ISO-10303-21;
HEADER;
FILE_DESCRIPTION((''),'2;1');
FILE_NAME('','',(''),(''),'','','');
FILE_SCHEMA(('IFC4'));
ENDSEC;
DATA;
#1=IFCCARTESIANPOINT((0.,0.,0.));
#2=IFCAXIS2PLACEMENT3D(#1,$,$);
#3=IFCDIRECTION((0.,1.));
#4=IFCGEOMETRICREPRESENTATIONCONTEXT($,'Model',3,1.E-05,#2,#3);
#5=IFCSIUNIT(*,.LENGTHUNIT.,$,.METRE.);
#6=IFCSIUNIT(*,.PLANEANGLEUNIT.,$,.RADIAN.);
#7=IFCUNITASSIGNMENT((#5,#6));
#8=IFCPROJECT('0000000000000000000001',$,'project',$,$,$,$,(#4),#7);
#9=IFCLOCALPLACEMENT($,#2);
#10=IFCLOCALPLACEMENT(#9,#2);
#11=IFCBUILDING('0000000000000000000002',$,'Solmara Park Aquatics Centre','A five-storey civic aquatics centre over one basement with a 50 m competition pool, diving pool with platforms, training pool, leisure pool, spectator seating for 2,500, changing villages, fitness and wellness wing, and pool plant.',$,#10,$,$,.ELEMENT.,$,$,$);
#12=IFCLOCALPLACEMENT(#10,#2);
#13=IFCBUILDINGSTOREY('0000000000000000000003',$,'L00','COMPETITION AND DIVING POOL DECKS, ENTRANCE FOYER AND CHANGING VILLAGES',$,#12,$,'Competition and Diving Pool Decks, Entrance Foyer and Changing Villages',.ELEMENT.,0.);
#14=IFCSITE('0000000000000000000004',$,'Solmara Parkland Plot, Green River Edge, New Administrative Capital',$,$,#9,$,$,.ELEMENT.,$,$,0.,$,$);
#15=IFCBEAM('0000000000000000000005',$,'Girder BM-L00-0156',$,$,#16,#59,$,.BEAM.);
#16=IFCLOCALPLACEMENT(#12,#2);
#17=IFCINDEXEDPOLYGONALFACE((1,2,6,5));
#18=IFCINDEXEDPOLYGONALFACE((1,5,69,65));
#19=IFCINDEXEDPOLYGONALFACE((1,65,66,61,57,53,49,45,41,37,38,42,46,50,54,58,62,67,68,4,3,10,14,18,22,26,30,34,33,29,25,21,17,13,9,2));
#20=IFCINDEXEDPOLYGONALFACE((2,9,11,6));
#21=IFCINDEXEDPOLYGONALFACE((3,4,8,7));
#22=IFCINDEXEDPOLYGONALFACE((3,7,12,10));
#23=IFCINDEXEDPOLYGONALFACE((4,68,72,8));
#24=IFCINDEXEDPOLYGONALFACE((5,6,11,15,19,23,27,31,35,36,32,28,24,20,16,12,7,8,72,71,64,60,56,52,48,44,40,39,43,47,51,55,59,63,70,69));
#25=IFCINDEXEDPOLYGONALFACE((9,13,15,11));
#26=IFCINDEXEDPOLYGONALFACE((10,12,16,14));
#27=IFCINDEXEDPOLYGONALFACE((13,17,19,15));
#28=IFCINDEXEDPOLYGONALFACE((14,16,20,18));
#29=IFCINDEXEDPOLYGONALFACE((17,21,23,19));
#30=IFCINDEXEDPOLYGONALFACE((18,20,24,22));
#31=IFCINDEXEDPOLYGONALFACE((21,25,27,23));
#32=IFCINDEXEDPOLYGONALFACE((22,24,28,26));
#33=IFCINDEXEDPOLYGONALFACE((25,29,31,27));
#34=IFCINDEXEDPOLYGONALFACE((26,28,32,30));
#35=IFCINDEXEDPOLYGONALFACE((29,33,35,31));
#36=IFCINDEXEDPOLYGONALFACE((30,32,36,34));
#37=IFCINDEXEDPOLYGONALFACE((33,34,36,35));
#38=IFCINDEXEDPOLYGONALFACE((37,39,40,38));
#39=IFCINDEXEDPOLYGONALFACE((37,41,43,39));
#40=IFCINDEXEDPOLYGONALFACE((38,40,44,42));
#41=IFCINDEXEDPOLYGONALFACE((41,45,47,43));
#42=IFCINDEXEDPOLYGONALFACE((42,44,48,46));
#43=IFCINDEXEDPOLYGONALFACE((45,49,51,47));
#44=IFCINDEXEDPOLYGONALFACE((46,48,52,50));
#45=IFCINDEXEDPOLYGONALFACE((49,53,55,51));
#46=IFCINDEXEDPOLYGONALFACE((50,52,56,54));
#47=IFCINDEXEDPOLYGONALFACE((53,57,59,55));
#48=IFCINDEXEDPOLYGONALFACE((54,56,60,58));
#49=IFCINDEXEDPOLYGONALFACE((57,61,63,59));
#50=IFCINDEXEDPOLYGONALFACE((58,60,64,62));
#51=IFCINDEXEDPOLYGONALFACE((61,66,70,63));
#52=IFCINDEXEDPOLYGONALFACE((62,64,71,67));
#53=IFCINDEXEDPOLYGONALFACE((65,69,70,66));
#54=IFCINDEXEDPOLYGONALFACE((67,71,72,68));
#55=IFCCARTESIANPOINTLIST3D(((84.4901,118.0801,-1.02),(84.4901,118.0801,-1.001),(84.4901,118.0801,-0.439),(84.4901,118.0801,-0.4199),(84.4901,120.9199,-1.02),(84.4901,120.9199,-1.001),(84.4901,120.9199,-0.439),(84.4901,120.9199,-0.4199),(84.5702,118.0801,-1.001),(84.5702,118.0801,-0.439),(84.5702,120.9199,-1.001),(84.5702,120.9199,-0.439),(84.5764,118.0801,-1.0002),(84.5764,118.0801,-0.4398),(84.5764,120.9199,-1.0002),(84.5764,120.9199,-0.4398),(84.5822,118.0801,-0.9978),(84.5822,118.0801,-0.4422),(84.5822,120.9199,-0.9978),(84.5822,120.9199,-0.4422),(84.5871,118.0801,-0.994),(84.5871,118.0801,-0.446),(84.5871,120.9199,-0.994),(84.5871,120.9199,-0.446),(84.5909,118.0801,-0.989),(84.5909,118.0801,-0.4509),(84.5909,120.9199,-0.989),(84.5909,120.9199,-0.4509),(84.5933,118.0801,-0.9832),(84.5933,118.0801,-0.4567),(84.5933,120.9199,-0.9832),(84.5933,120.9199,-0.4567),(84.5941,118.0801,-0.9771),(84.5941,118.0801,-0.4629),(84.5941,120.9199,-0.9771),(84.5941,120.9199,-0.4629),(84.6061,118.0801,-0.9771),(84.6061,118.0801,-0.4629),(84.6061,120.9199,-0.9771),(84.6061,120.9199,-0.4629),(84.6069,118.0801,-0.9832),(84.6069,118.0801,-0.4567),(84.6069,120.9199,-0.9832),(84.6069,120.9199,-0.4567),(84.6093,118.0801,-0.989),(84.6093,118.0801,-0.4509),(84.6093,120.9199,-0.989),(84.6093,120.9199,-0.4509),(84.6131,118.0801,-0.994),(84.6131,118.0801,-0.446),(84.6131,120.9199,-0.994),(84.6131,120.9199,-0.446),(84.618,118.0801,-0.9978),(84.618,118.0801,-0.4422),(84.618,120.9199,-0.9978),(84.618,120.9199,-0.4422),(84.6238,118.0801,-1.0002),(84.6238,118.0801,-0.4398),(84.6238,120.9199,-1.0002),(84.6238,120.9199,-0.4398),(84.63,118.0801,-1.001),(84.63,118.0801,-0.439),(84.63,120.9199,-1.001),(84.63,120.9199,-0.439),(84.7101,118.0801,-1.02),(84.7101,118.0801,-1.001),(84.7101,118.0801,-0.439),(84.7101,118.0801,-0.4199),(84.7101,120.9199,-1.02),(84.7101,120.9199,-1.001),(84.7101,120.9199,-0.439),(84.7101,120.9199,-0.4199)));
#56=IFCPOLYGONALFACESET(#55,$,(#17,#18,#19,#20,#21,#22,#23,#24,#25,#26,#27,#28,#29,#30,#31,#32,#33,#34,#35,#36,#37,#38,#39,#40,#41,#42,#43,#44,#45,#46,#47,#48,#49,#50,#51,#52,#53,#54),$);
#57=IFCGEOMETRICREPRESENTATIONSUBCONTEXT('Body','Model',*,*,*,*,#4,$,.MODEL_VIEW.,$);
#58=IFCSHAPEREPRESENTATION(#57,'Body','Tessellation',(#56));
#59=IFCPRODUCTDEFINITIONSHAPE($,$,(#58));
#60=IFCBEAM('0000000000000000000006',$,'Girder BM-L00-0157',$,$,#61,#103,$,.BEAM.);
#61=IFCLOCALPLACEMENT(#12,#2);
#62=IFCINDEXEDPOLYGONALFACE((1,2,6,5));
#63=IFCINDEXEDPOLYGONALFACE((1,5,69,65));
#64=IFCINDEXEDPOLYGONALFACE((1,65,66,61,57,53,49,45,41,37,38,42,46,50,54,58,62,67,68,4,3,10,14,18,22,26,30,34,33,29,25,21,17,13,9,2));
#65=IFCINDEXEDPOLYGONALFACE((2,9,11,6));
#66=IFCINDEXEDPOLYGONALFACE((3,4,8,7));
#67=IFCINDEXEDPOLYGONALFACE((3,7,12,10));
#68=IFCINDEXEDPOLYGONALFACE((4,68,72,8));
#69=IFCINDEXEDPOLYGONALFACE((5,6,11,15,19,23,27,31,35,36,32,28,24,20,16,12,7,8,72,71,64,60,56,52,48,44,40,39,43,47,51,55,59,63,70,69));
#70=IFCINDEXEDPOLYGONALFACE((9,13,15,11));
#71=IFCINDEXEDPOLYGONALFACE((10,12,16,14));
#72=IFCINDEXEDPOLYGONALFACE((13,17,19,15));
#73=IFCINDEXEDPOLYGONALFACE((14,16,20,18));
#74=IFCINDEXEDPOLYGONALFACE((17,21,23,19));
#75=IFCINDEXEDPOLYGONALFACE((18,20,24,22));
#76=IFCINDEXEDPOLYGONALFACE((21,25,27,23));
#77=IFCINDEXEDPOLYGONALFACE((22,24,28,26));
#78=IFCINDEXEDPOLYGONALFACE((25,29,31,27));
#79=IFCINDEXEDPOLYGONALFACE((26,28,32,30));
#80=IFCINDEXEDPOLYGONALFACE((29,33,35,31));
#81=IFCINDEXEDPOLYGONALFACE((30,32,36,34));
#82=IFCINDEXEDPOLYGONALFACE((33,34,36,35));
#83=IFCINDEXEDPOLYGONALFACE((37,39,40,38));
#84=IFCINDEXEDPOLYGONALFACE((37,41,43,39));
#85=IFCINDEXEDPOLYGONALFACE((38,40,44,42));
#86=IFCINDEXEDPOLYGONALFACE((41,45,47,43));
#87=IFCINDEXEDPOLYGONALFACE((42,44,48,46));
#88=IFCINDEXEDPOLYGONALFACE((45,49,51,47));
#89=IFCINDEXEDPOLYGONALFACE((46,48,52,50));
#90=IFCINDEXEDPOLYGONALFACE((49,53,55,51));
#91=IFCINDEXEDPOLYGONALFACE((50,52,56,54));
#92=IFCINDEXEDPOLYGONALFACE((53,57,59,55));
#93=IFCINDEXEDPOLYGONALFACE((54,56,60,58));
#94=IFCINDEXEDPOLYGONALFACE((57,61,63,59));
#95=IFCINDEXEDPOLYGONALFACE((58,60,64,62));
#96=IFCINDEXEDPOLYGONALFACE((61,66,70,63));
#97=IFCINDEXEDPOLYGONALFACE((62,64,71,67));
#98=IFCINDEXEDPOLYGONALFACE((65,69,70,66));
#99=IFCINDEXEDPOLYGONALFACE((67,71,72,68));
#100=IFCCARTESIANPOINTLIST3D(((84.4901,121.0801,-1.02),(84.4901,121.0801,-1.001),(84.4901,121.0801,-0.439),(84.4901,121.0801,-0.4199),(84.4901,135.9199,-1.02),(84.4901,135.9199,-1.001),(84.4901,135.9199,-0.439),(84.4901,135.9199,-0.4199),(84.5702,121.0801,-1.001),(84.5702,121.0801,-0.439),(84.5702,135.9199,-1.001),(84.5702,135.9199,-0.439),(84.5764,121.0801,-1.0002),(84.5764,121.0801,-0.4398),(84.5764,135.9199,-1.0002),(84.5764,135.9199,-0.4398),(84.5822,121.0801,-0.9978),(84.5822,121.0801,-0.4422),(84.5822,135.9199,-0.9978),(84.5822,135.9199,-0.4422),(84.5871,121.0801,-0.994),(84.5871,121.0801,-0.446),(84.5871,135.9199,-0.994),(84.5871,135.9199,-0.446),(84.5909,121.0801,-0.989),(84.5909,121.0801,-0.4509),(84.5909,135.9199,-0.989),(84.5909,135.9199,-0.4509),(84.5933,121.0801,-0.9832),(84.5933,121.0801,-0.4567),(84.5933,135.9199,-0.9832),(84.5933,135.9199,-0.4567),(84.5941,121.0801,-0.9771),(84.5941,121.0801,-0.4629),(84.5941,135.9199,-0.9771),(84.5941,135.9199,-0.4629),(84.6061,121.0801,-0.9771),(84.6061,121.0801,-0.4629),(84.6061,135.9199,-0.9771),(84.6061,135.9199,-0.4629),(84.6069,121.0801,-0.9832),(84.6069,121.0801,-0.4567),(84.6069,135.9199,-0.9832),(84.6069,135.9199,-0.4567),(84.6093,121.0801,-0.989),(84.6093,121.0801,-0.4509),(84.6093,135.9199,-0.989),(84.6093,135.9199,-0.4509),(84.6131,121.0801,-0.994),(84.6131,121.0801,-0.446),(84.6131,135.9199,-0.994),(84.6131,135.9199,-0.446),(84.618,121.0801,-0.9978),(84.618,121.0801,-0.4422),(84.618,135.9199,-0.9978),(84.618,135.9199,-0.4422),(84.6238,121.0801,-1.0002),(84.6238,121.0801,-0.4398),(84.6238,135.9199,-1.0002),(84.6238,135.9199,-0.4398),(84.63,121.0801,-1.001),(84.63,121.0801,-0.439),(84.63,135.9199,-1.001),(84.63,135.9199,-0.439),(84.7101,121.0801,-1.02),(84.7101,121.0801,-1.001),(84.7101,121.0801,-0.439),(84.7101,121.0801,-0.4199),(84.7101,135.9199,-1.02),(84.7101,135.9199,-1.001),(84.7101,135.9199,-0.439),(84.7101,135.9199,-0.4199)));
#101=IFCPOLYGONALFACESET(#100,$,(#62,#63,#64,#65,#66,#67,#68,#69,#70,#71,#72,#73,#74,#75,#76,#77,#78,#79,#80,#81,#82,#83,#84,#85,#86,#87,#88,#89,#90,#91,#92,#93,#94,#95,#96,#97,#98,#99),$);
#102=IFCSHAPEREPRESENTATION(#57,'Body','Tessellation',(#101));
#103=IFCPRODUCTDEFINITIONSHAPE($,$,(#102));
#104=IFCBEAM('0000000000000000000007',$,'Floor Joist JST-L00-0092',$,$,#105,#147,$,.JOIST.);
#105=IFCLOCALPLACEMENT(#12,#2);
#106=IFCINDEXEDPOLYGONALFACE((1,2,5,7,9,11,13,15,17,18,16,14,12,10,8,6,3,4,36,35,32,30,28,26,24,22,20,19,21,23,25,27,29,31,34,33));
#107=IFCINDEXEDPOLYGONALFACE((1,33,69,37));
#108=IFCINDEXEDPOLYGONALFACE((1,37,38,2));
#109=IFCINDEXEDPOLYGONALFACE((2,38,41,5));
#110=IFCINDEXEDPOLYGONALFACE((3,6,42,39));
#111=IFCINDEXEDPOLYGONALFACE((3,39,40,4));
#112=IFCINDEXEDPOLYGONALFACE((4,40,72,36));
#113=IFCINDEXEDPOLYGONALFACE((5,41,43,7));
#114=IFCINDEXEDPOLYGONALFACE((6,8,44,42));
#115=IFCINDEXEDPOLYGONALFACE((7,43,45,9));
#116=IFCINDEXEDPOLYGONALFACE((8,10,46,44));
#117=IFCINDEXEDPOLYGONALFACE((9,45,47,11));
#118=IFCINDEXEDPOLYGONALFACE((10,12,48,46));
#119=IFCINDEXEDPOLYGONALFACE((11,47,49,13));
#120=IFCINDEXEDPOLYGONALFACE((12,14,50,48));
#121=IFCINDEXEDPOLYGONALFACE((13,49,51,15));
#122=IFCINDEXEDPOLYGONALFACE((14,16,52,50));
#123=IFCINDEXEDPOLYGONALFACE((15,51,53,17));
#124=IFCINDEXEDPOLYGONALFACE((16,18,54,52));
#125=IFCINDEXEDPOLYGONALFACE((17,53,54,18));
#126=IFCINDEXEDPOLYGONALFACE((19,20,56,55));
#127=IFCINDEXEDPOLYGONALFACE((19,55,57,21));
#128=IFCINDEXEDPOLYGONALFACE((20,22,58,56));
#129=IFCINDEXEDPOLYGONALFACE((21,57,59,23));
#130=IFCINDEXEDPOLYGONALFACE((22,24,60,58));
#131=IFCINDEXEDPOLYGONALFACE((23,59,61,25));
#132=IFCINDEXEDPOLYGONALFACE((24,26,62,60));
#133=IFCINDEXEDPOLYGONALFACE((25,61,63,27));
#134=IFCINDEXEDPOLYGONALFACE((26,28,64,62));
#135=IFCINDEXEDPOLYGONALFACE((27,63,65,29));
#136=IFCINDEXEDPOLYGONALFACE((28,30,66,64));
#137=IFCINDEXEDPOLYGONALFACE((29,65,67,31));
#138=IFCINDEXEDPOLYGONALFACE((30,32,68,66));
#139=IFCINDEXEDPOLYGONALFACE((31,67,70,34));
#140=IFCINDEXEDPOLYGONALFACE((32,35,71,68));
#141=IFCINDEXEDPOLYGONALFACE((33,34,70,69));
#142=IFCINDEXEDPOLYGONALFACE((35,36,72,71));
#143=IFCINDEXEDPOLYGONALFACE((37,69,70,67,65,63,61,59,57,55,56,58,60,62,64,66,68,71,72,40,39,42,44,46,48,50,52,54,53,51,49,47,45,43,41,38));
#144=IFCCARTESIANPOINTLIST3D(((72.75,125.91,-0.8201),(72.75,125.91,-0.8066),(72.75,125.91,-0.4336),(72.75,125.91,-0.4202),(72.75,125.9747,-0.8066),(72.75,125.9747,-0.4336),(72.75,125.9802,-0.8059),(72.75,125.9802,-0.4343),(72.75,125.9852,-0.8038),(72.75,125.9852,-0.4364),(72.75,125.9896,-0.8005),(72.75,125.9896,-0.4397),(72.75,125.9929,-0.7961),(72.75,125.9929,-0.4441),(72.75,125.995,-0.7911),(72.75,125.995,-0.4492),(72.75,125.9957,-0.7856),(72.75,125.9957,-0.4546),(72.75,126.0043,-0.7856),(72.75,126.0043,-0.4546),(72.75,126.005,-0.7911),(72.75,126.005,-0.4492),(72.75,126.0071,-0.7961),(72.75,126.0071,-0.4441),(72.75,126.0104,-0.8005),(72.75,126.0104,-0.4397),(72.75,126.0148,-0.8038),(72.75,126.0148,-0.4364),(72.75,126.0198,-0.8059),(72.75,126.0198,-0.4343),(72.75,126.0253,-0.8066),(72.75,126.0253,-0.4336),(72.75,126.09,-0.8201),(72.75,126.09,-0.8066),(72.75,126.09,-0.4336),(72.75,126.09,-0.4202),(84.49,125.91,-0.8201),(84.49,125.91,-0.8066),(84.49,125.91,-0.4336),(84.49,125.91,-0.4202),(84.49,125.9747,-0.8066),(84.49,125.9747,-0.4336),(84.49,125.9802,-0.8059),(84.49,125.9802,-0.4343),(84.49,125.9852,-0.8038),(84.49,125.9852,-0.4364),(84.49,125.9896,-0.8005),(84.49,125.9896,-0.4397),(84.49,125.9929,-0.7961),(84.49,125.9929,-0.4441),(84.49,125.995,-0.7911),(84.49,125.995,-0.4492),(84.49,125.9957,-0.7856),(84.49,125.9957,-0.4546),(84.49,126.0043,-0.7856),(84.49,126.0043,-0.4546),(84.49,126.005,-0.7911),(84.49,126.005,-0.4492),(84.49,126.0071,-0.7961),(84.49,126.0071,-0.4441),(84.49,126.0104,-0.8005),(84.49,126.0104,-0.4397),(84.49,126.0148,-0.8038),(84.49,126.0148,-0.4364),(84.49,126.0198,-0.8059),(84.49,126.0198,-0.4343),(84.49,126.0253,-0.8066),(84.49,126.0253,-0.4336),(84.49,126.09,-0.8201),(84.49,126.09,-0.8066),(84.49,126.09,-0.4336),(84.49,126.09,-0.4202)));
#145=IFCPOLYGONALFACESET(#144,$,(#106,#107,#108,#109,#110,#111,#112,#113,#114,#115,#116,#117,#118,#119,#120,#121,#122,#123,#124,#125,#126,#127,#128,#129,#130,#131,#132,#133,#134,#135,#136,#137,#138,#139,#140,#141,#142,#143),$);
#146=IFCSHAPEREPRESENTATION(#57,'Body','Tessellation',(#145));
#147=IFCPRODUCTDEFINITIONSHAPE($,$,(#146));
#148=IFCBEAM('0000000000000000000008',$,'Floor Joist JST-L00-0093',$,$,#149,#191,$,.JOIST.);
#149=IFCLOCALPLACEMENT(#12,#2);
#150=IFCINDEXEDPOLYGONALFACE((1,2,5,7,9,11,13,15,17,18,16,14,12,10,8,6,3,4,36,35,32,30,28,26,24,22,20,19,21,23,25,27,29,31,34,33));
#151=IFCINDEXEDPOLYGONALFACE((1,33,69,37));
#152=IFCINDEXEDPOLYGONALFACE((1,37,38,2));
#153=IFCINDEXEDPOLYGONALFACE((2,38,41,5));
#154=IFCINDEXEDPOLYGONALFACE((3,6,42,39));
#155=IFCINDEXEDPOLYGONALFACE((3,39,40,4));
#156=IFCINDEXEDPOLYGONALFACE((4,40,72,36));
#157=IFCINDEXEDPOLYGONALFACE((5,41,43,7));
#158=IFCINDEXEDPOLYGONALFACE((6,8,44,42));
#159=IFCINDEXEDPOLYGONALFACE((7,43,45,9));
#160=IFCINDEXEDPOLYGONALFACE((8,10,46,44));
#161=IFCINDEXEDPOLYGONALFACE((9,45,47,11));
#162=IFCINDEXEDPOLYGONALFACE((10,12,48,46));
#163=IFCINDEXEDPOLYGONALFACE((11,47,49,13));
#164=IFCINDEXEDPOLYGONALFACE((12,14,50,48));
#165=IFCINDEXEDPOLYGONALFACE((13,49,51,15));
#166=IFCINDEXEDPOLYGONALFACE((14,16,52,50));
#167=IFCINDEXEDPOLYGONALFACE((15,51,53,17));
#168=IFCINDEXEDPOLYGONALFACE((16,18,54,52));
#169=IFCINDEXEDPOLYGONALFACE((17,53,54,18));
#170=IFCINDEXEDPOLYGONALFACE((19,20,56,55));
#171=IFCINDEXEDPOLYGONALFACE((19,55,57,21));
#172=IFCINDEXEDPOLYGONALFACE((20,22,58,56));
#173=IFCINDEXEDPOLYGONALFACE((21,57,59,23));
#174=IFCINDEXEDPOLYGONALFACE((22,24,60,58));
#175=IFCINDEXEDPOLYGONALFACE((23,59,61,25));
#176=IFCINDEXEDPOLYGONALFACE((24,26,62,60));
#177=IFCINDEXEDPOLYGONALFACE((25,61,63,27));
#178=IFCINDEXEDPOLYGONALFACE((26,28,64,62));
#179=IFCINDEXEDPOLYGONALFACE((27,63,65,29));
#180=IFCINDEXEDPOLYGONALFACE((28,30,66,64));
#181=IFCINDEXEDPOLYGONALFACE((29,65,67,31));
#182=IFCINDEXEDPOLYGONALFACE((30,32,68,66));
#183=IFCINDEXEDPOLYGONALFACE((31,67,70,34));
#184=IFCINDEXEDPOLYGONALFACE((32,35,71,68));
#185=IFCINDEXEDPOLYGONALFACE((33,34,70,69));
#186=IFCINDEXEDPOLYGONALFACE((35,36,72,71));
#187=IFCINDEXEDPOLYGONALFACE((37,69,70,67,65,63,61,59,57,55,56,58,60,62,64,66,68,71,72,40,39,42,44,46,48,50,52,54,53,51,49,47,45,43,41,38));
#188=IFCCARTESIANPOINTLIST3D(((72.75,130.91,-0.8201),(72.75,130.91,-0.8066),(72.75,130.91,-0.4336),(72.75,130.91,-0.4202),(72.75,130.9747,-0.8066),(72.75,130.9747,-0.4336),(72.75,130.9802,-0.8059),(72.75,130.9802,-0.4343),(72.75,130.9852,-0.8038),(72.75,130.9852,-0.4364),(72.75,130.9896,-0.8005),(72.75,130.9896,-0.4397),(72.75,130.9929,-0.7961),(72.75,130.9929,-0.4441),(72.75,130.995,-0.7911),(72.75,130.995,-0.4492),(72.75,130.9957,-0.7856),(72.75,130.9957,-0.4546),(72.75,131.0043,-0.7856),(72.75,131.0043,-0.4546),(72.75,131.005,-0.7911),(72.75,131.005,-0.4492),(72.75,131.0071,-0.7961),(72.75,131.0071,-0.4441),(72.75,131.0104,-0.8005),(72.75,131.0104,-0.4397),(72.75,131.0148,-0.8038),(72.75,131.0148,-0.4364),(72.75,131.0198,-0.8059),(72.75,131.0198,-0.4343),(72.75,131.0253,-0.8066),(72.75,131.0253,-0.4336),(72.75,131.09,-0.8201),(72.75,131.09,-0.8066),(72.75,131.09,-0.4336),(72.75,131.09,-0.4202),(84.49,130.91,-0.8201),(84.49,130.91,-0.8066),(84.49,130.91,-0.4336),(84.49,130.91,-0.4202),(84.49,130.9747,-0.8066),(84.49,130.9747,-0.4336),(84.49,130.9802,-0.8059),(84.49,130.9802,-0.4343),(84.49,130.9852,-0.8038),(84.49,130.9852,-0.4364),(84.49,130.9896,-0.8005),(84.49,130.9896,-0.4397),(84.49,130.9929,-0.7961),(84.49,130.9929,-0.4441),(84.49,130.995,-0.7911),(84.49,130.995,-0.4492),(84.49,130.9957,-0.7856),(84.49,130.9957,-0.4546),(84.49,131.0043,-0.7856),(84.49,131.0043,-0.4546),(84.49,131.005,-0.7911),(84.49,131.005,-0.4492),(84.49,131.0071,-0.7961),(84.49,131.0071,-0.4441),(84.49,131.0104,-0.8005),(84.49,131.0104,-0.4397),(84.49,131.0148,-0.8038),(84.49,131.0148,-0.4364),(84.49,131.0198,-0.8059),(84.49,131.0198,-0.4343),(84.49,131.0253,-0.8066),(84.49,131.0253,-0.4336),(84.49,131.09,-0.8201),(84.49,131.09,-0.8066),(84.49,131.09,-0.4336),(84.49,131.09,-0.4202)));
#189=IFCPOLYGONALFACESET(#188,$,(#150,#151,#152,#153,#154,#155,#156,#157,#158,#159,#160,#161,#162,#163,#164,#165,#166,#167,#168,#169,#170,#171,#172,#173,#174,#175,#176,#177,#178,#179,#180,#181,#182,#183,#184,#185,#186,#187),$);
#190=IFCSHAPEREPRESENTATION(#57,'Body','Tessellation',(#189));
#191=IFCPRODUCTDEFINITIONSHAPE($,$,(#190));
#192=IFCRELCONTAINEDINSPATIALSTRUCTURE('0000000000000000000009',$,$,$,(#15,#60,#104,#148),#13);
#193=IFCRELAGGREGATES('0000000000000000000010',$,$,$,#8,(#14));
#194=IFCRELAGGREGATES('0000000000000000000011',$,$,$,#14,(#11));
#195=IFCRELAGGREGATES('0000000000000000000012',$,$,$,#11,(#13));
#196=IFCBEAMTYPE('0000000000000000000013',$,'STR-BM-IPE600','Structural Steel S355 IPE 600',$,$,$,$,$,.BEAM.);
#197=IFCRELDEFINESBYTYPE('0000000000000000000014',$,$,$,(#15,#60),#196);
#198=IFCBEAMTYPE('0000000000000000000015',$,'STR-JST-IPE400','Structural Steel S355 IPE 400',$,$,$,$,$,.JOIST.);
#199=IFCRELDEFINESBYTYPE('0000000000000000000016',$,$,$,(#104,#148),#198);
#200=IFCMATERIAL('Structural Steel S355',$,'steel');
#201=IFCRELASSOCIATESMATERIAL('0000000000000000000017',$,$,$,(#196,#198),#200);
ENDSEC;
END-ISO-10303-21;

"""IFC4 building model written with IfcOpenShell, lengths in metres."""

from ifc_helpers import new_model, si_unit, direction, frame, origin, origin_2d, place, context, subcontext, project, spatial, i_section, extrude, material, material_profile, profile_set, type_object, element, save


model = new_model("IFC4")

# Units and contexts
model_context = context("Model", 3, precision=1e-05, world=origin(), true_north=direction((0.0, 1.0)))
body_context = subcontext(model_context, "Body", "Model", "MODEL_VIEW")
ifc_project = project(units=[si_unit("LENGTHUNIT", "METRE"), si_unit("PLANEANGLEUNIT", "RADIAN")], contexts=[model_context])

# Site, building, storey
site_placement = place(None, origin())
site = spatial("IfcSite", under=ifc_project, at=site_placement, Name="Solmara Parkland Plot, Green River Edge, New Administrative Capital", CompositionType="ELEMENT", RefElevation=0.0)
building_placement = place(site_placement, origin())
building = spatial("IfcBuilding", under=site, at=building_placement, Name="Solmara Park Aquatics Centre", Description="A five-storey civic aquatics centre over one basement with a 50 m competition pool, diving pool with platforms, training pool, leisure pool, spectator seating for 2,500, changing villages, fitness and wellness wing, and pool plant.", CompositionType="ELEMENT")
storey_placement = place(building_placement, origin())
storey = spatial("IfcBuildingStorey", under=building, at=storey_placement, Name="L00", Description="COMPETITION AND DIVING POOL DECKS, ENTRANCE FOYER AND CHANGING VILLAGES", LongName="Competition and Diving Pool Decks, Entrance Foyer and Changing Villages", CompositionType="ELEMENT", Elevation=0.0)

# Beams
ifc_material_1 = material(Name="Structural Steel S355", Category="steel")
ifc_material_profile_1 = material_profile(ifc_material_1, i_section(OverallWidth=0.22, OverallDepth=0.6001, WebThickness=0.012, FlangeThickness=0.019, FilletRadius=0.0239, at=origin_2d()), Name="IPE 600")
ifc_profile_set_1 = profile_set([ifc_material_profile_1], Name="Structural Steel S355")
beam_type_1 = type_object("IfcBeamType", Name="STR-BM-IPE600", Description="Structural Steel S355 IPE 600", PredefinedType="BEAM", material=ifc_profile_set_1)
for number, where, z_axis, x_axis, name in (
    (1, (84.6001, 118.0801, -0.72), (0.0, 1.0, 0.0), (-1.0, 0.0, 0.0), "Girder BM-L00-0156"),
):
    element("IfcBeam", number, at=place(storey_placement, frame(where, z_axis=z_axis, x_axis=x_axis)), inside=storey, type_object=beam_type_1, Name=name, PredefinedType="BEAM", context=body_context, shape_type="SweptSolid", body=[
        extrude(i_section(OverallWidth=0.22, OverallDepth=0.6001, WebThickness=0.012, FlangeThickness=0.019, FilletRadius=0.0239, at=origin_2d()), origin(), (0.0, 0.0, 1.0), 2.8398),
    ])
beam_1_placement = place(storey_placement, frame((84.6001, 121.0801, -0.72), z_axis=(0.0, 1.0, 0.0), x_axis=(-1.0, 0.0, 0.0)))
element("IfcBeam", 2, at=beam_1_placement, inside=storey, type_object=beam_type_1, Name="Girder BM-L00-0157", PredefinedType="BEAM", context=body_context, shape_type="SweptSolid", body=[
    extrude(i_section(OverallWidth=0.22, OverallDepth=0.6001, WebThickness=0.012, FlangeThickness=0.019, FilletRadius=0.0239, at=origin_2d()), origin(), (0.0, 0.0, 1.0), 14.8398),
])
ifc_material_profile_2 = material_profile(ifc_material_1, i_section(OverallWidth=0.1799, OverallDepth=0.3999, WebThickness=0.0085, FlangeThickness=0.0134, FilletRadius=0.021, at=origin_2d()), Name="IPE 400")
ifc_profile_set_2 = profile_set([ifc_material_profile_2], Name="Structural Steel S355")
beam_type_2 = type_object("IfcBeamType", Name="STR-JST-IPE400", Description="Structural Steel S355 IPE 400", PredefinedType="JOIST", material=ifc_profile_set_2)
for number, where, z_axis, x_axis, name in (
    (3, (72.75, 126.0, -0.6201), (1.0, 0.0, 0.0), (0.0, 1.0, 0.0), "Floor Joist JST-L00-0092"),
    (4, (72.75, 131.0, -0.6201), (1.0, 0.0, 0.0), (0.0, 1.0, 0.0), "Floor Joist JST-L00-0093"),
):
    element("IfcBeam", number, at=place(storey_placement, frame(where, z_axis=z_axis, x_axis=x_axis)), inside=storey, type_object=beam_type_2, Name=name, PredefinedType="JOIST", context=body_context, shape_type="SweptSolid", body=[
        extrude(i_section(OverallWidth=0.1799, OverallDepth=0.3999, WebThickness=0.0085, FlangeThickness=0.0134, FilletRadius=0.021, at=origin_2d()), origin(), (0.0, 0.0, 1.0), 11.74),
    ])

save(model, "model.ifc")
